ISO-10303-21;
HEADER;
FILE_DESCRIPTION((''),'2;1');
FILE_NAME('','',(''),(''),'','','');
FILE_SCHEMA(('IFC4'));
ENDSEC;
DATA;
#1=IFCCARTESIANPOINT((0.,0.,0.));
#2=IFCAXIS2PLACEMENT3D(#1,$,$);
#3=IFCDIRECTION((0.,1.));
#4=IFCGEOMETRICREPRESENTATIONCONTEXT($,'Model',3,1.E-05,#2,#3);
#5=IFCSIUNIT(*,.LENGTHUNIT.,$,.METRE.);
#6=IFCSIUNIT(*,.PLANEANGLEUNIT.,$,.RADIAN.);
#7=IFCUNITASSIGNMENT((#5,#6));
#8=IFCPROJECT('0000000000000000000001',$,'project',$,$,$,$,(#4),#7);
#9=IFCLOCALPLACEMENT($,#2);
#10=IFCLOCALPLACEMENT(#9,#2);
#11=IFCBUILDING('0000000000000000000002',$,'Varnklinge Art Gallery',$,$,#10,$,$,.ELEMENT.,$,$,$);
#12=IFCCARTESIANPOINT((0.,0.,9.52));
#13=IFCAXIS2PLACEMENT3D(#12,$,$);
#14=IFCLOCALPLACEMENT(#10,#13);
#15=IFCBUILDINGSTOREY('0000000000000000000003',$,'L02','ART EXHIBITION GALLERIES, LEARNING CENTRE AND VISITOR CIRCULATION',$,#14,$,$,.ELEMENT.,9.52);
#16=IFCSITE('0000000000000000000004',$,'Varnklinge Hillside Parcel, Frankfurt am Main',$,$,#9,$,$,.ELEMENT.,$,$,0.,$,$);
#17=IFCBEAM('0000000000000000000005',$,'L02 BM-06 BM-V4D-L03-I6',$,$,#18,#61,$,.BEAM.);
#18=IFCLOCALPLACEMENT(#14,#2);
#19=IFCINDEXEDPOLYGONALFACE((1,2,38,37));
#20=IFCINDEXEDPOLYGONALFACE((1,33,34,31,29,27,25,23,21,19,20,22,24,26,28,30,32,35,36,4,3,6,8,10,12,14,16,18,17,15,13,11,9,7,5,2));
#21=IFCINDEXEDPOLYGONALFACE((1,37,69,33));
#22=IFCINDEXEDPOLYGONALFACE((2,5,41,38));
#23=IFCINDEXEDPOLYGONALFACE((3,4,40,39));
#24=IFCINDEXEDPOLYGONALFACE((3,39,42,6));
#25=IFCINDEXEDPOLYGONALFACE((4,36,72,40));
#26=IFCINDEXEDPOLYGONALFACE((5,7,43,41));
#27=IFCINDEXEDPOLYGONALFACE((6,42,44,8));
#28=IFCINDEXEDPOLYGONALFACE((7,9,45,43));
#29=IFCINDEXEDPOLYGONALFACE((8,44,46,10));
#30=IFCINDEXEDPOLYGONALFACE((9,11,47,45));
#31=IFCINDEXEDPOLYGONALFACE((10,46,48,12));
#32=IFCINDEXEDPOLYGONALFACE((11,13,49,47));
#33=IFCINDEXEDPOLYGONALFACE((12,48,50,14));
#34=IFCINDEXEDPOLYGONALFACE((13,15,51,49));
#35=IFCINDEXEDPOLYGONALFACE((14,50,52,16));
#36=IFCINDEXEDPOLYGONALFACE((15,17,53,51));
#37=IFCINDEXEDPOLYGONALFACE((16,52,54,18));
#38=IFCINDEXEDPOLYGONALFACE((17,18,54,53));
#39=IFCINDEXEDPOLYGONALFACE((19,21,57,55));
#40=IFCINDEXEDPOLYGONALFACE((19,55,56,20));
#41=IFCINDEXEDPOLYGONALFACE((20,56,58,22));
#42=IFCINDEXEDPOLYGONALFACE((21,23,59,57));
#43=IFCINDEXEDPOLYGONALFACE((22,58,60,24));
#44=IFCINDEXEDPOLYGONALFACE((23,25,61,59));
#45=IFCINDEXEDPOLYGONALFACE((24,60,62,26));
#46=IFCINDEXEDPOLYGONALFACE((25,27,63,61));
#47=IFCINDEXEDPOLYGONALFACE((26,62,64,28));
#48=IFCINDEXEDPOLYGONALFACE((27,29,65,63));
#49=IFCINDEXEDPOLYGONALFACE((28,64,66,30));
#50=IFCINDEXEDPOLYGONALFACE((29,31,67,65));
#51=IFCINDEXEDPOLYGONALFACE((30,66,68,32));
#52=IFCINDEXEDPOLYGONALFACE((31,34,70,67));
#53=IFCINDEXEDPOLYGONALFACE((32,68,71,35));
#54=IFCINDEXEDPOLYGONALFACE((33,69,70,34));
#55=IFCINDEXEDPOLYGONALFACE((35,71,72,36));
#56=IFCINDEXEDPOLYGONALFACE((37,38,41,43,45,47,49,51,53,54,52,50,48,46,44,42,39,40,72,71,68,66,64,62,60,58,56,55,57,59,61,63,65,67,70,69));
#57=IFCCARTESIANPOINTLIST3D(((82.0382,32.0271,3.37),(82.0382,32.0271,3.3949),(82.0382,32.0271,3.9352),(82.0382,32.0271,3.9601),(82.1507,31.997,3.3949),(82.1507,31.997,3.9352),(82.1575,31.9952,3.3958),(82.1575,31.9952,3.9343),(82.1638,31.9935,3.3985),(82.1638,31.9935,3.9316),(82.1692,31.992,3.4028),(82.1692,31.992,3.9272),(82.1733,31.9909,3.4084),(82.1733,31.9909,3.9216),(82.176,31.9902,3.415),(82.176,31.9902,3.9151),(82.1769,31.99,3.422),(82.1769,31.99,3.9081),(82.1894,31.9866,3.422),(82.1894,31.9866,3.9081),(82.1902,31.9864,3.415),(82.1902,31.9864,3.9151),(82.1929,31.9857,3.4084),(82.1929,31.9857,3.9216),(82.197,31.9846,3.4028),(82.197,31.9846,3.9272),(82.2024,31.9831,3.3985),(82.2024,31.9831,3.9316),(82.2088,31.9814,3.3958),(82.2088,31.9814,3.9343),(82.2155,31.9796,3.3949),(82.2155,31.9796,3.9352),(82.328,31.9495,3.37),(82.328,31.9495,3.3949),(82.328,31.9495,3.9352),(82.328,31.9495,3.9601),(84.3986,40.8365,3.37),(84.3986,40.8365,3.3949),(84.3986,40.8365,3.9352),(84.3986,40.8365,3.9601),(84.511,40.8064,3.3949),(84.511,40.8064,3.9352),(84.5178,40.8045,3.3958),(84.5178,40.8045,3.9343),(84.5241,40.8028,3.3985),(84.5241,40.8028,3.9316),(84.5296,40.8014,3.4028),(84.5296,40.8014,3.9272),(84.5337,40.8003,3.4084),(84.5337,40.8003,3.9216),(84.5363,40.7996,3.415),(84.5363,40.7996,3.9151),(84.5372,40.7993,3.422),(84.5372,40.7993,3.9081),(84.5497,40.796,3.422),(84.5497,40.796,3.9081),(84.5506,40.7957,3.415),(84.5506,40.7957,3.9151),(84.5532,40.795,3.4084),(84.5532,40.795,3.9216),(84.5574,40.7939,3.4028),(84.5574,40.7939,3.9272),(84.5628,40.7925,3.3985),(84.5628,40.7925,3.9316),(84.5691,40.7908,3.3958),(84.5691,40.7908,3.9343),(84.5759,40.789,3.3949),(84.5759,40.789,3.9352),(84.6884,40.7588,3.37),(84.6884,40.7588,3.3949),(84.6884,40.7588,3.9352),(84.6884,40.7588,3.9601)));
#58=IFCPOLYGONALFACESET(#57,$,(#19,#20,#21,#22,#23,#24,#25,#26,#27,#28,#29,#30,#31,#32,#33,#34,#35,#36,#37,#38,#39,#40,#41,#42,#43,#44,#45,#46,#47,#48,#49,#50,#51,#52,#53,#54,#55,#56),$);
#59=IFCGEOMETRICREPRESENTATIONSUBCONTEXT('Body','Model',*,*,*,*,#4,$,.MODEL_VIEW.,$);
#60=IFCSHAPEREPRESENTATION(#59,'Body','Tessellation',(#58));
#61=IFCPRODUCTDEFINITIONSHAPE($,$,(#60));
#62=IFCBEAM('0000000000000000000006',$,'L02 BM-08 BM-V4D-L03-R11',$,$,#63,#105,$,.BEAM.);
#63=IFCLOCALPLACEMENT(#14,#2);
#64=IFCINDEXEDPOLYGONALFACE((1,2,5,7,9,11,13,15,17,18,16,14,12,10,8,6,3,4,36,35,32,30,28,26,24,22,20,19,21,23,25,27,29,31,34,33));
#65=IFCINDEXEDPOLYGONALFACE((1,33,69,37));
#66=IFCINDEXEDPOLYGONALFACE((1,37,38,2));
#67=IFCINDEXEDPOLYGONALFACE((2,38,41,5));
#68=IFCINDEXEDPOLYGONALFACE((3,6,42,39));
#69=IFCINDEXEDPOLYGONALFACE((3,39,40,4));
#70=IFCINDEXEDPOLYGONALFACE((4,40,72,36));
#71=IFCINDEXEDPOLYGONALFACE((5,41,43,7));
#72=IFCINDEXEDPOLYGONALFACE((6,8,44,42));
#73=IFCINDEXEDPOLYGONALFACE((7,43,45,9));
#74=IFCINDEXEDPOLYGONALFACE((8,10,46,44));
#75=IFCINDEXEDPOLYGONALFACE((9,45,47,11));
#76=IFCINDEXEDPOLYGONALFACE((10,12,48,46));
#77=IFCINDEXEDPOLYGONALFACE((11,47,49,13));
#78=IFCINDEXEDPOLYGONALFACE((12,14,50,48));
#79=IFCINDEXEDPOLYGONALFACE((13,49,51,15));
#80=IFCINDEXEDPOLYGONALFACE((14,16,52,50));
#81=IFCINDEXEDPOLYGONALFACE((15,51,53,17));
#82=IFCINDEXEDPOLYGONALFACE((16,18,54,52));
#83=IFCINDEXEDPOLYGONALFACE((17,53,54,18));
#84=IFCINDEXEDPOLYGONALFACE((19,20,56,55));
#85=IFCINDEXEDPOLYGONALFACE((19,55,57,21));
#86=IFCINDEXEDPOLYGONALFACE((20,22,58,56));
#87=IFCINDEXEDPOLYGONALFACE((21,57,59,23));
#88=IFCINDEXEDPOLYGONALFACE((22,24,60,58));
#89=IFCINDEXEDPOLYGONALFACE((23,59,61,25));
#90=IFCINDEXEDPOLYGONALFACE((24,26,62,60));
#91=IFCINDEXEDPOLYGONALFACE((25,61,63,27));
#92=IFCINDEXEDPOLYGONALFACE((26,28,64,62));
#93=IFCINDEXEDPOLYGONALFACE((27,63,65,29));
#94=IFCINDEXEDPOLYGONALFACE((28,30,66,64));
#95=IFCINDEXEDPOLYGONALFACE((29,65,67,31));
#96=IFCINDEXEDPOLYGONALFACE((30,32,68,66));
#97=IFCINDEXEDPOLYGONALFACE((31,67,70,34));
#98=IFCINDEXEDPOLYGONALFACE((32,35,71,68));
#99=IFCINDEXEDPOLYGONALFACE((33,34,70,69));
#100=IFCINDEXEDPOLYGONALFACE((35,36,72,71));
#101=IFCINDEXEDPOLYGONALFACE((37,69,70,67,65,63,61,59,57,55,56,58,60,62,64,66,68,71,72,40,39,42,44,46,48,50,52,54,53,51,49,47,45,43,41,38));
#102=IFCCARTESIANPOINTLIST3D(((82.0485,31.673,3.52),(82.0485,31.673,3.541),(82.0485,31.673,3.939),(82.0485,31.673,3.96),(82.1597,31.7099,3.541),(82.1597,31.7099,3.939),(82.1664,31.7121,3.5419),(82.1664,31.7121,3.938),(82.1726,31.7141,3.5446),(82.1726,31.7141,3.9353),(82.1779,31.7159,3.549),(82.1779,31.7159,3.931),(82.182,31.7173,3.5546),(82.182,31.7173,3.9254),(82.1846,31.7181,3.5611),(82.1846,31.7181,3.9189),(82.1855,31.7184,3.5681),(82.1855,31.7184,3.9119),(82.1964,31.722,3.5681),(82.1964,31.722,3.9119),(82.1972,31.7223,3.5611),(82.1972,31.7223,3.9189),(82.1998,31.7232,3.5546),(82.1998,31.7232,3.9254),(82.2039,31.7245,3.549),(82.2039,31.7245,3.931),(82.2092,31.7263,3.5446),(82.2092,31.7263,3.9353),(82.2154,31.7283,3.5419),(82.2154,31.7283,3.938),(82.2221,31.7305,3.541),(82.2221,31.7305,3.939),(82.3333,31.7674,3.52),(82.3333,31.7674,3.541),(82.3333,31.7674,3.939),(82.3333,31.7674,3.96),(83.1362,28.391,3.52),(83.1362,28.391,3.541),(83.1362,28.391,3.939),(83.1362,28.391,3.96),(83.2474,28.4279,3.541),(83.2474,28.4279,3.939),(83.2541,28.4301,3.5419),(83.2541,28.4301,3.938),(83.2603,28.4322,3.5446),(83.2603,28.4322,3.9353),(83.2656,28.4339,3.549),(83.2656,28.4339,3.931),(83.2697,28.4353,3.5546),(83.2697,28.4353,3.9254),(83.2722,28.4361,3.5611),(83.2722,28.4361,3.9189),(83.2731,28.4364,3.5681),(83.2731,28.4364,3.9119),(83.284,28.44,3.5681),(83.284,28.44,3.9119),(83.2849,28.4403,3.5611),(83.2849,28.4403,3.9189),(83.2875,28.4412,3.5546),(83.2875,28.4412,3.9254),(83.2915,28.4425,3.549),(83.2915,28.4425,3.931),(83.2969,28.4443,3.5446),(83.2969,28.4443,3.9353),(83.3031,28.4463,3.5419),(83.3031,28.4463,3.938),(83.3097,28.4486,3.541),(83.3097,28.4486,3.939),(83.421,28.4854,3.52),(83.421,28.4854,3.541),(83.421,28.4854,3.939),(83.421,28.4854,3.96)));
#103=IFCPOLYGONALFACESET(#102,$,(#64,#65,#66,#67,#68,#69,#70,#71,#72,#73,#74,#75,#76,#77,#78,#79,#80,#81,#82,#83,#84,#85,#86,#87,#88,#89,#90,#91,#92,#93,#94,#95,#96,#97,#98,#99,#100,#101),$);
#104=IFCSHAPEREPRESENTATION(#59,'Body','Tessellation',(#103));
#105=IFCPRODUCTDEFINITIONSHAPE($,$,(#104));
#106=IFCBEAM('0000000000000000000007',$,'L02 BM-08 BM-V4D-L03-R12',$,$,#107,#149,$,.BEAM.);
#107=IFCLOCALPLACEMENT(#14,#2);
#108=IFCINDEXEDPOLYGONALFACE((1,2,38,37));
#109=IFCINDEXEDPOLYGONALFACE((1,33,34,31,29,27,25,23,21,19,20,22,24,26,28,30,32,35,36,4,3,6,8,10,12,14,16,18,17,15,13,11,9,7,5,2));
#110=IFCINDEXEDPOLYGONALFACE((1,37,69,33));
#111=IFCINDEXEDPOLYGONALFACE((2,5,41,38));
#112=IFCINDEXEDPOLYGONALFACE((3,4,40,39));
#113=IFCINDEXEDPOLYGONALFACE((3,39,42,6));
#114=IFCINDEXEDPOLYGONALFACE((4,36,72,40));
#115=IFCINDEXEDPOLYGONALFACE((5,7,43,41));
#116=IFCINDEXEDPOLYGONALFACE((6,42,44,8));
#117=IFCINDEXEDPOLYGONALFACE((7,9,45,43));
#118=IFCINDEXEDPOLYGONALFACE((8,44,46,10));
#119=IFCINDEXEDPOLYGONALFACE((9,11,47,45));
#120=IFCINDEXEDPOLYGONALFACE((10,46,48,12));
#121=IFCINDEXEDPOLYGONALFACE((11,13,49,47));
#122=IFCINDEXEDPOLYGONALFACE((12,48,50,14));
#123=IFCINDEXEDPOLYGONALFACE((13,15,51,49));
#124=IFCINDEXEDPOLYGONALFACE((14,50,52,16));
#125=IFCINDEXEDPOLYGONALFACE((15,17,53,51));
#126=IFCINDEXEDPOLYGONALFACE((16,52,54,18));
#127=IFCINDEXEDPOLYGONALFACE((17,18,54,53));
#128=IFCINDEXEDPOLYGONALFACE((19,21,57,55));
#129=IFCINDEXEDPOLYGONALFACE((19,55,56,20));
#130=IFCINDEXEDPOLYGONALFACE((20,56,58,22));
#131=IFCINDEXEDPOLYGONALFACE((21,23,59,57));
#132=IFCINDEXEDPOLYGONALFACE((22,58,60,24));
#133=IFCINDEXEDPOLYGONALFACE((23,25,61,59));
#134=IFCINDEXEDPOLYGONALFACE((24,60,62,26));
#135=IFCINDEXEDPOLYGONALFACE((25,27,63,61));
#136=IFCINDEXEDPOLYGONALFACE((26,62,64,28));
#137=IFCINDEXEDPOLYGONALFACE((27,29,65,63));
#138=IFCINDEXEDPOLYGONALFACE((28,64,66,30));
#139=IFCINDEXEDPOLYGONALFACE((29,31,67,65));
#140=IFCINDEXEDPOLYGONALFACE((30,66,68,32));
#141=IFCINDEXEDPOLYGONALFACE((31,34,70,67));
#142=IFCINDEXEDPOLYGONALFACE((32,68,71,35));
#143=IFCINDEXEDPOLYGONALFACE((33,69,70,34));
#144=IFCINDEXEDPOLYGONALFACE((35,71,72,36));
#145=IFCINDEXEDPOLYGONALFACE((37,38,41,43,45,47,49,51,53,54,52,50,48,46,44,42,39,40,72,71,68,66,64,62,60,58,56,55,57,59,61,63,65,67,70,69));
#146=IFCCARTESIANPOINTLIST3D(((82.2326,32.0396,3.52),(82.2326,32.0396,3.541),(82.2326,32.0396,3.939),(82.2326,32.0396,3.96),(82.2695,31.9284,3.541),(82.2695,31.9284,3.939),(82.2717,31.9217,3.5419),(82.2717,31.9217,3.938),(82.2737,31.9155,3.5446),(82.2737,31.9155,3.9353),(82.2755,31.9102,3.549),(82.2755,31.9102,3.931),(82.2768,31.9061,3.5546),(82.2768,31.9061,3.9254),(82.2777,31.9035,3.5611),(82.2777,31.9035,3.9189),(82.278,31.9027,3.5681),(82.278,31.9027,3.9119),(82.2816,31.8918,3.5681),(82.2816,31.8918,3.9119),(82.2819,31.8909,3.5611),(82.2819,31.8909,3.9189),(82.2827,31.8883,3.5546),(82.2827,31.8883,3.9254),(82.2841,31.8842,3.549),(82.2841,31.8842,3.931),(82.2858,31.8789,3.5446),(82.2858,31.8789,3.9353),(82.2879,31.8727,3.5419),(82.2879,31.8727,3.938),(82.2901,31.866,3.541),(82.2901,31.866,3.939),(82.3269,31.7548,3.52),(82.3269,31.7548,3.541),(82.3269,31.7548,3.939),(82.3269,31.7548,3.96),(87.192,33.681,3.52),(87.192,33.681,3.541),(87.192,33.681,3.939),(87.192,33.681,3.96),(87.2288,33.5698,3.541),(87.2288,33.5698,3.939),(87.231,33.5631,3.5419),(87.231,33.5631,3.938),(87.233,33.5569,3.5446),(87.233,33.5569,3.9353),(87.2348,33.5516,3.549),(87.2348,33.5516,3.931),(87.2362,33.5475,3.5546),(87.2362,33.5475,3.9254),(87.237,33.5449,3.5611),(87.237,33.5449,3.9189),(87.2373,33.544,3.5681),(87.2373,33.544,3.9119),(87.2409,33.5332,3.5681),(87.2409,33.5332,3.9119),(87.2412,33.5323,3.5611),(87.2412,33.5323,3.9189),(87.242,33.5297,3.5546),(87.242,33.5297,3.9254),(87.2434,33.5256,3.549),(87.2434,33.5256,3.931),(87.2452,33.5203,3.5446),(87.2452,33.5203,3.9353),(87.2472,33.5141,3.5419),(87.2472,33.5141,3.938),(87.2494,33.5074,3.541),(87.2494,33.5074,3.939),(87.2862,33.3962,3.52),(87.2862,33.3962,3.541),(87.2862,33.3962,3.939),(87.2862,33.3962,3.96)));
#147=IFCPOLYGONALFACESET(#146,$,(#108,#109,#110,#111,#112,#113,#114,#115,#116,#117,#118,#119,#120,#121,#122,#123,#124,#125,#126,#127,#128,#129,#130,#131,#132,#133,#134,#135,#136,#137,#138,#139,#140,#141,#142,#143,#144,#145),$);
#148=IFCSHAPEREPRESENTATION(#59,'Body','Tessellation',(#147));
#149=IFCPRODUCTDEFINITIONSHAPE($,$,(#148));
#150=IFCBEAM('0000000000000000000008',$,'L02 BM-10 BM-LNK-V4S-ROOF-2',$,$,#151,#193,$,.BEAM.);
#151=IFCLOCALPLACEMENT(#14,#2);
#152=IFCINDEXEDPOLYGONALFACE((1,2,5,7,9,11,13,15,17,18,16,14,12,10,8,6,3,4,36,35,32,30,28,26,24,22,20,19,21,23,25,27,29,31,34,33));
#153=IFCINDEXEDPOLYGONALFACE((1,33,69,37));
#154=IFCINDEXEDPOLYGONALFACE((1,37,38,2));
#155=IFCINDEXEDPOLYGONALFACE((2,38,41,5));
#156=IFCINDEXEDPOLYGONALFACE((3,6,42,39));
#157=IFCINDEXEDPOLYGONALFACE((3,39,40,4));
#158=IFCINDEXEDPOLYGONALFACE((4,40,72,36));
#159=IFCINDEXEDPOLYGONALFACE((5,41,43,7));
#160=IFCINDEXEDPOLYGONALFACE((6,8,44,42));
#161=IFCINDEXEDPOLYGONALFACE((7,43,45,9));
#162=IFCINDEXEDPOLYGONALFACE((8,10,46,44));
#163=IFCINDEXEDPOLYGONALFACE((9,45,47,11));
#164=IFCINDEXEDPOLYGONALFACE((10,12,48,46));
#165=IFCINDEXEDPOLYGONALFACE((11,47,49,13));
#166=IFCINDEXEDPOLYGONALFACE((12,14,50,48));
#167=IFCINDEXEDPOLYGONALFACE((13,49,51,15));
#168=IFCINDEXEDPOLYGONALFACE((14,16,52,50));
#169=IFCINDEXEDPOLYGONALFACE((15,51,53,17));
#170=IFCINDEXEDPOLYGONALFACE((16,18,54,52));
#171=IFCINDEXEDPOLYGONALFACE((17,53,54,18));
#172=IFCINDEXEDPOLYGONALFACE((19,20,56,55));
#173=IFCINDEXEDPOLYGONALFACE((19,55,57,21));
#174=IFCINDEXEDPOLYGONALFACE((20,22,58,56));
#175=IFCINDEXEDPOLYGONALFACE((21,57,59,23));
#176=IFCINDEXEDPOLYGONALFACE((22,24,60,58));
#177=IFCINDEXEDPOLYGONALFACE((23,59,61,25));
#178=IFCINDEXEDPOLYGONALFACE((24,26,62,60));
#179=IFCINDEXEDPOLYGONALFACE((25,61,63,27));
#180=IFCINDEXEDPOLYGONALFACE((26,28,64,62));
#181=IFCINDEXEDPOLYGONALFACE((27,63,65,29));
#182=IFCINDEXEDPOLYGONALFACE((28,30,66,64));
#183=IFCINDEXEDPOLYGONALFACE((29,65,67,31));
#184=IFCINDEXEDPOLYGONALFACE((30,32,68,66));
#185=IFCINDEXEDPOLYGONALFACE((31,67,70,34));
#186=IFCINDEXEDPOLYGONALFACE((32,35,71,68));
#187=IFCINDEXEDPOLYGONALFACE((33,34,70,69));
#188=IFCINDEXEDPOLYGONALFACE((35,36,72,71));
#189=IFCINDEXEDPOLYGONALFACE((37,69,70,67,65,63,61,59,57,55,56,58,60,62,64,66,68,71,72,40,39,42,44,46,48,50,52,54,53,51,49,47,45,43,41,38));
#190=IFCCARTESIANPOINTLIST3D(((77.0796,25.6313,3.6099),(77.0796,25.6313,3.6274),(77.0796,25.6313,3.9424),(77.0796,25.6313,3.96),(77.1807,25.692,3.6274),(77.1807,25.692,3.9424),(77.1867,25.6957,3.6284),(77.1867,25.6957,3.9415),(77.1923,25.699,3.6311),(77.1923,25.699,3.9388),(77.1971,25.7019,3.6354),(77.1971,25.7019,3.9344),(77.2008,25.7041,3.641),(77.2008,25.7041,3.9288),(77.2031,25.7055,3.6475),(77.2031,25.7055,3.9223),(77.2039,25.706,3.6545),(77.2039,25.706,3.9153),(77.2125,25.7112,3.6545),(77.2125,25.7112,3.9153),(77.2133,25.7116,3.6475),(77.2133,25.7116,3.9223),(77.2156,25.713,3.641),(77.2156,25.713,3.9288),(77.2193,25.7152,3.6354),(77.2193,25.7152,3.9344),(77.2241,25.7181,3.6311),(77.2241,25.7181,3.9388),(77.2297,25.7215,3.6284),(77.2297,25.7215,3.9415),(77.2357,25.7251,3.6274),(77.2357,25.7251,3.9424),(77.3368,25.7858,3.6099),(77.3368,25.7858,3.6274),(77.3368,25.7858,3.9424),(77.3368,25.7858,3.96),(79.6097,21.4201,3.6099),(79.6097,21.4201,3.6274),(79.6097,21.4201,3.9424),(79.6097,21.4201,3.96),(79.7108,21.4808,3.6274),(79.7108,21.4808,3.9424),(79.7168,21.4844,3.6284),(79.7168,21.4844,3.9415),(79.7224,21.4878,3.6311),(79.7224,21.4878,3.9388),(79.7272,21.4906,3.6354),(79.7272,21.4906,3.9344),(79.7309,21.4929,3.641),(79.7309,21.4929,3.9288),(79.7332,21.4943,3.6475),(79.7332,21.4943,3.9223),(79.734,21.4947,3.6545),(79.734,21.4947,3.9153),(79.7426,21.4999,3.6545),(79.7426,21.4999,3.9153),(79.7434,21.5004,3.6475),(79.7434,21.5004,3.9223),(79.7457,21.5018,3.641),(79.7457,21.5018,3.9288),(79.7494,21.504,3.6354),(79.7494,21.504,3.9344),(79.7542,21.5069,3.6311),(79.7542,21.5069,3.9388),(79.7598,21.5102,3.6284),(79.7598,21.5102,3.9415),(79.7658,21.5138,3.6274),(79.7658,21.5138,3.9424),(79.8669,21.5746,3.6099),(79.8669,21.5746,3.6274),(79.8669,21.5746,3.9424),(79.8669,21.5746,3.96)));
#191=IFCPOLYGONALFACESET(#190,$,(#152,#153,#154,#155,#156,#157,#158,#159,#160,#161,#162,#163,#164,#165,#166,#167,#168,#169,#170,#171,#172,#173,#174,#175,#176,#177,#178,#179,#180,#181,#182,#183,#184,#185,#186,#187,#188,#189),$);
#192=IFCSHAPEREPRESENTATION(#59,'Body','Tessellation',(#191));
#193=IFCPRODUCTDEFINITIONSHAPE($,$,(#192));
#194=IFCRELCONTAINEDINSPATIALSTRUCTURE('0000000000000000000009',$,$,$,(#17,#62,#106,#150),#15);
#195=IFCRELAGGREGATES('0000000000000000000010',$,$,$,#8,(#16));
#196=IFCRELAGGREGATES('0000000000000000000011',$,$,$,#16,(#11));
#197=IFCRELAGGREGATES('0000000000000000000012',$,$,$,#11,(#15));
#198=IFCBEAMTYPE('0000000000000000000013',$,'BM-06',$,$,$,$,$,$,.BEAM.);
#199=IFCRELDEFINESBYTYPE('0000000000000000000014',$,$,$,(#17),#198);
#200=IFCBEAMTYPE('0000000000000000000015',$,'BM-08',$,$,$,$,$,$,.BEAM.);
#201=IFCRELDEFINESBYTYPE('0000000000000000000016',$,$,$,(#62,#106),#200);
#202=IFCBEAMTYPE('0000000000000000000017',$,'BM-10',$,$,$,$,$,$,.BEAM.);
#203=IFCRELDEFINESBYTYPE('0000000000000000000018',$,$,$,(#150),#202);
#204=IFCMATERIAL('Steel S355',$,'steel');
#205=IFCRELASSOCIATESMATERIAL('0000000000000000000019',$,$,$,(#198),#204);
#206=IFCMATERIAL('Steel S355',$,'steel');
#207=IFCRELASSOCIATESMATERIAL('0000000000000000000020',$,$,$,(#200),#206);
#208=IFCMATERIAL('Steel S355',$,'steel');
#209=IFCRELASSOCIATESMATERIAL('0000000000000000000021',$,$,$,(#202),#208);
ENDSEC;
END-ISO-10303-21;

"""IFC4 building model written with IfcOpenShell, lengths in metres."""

from ifc_helpers import new_model, si_unit, direction, frame, origin, origin_2d, place, context, subcontext, project, spatial, i_section, extrude, material, material_profile, profile_set, type_object, element, save


model = new_model("IFC4")

# Units and contexts
model_context = context("Model", 3, precision=1e-05, world=origin(), true_north=direction((0.0, 1.0)))
body_context = subcontext(model_context, "Body", "Model", "MODEL_VIEW")
ifc_project = project(units=[si_unit("LENGTHUNIT", "METRE"), si_unit("PLANEANGLEUNIT", "RADIAN")], contexts=[model_context])

# Site, building, storey
site_placement = place(None, origin())
site = spatial("IfcSite", under=ifc_project, at=site_placement, Name="Varnklinge Hillside Parcel, Frankfurt am Main", CompositionType="ELEMENT", RefElevation=0.0)
building_placement = place(site_placement, origin())
building = spatial("IfcBuilding", under=site, at=building_placement, Name="Varnklinge Art Gallery", CompositionType="ELEMENT")
storey_placement = place(building_placement, frame((0.0, 0.0, 9.52)))
storey = spatial("IfcBuildingStorey", under=building, at=storey_placement, Name="L02", Description="ART EXHIBITION GALLERIES, LEARNING CENTRE AND VISITOR CIRCULATION", CompositionType="ELEMENT", Elevation=9.52)

# Beams
ifc_material_1 = material(Name="Steel S355", Category="steel")
ifc_material_profile_1 = material_profile(ifc_material_1, i_section(OverallWidth=0.3, OverallDepth=0.5901, WebThickness=0.0129, FlangeThickness=0.0249, FilletRadius=0.0271, at=origin_2d()), Name="HEA 600")
ifc_profile_set_1 = profile_set([ifc_material_profile_1], Name="Steel S355")
beam_type_1 = type_object("IfcBeamType", Name="BM-06", PredefinedType="BEAM", material=ifc_profile_set_1)
beam_1_placement = place(storey_placement, frame((82.1831, 31.9883, 3.665), z_axis=(0.258809, 0.965929, 0.0), x_axis=(-0.965929, 0.258809, 0.0)))
element("IfcBeam", 1, at=beam_1_placement, inside=storey, type_object=beam_type_1, Name="L02 BM-06 BM-V4D-L03-I6", PredefinedType="BEAM", context=body_context, shape_type="SweptSolid", body=[
    extrude(i_section(OverallWidth=0.3, OverallDepth=0.5901, WebThickness=0.0129, FlangeThickness=0.0249, FilletRadius=0.0271, at=origin_2d()), origin(), (0.0, 0.0, 1.0), 9.1201),
])
ifc_material_2 = material(Name="Steel S355", Category="steel")
ifc_material_profile_2 = material_profile(ifc_material_2, i_section(OverallWidth=0.3, OverallDepth=0.4399, WebThickness=0.0115, FlangeThickness=0.021, FilletRadius=0.0271, at=origin_2d()), Name="HEA 450")
ifc_profile_set_2 = profile_set([ifc_material_profile_2], Name="Steel S355")
beam_type_2 = type_object("IfcBeamType", Name="BM-08", PredefinedType="BEAM", material=ifc_profile_set_2)
beam_2_placement = place(storey_placement, frame((82.1909, 31.7202, 3.74), z_axis=(0.314575, -0.949233, 0.0), x_axis=(0.949233, 0.314575, 0.0)))
element("IfcBeam", 2, at=beam_2_placement, inside=storey, type_object=beam_type_2, Name="L02 BM-08 BM-V4D-L03-R11", PredefinedType="BEAM", context=body_context, shape_type="SweptSolid", body=[
    extrude(i_section(OverallWidth=0.3, OverallDepth=0.4399, WebThickness=0.0115, FlangeThickness=0.021, FilletRadius=0.0271, at=origin_2d()), origin(), (0.0, 0.0, 1.0), 3.4575),
])
beam_3_placement = place(storey_placement, frame((82.2798, 31.8972, 3.74), z_axis=(0.949354, 0.314208, 0.0), x_axis=(-0.314208, 0.949354, 0.0)))
element("IfcBeam", 3, at=beam_3_placement, inside=storey, type_object=beam_type_2, Name="L02 BM-08 BM-V4D-L03-R12", PredefinedType="BEAM", context=body_context, shape_type="SweptSolid", body=[
    extrude(i_section(OverallWidth=0.3, OverallDepth=0.4399, WebThickness=0.0115, FlangeThickness=0.021, FilletRadius=0.0271, at=origin_2d()), origin(), (0.0, 0.0, 1.0), 5.2239),
])
ifc_material_3 = material(Name="Steel S355", Category="steel")
ifc_material_profile_3 = material_profile(ifc_material_3, i_section(OverallWidth=0.3, OverallDepth=0.3501, WebThickness=0.01, FlangeThickness=0.0176, FilletRadius=0.0271, at=origin_2d()), Name="HEA 360")
ifc_profile_set_3 = profile_set([ifc_material_profile_3], Name="Steel S355")
beam_type_3 = type_object("IfcBeamType", Name="BM-10", PredefinedType="BEAM", material=ifc_profile_set_3)
beam_4_placement = place(storey_placement, frame((79.7383, 21.4973, 3.7849), z_axis=(-0.514993, 0.857195, 0.0), x_axis=(-0.857195, -0.514993, 0.0)))
element("IfcBeam", 4, at=beam_4_placement, inside=storey, type_object=beam_type_3, Name="L02 BM-10 BM-LNK-V4S-ROOF-2", PredefinedType="BEAM", context=body_context, shape_type="SweptSolid", body=[
    extrude(i_section(OverallWidth=0.3, OverallDepth=0.3501, WebThickness=0.01, FlangeThickness=0.0176, FilletRadius=0.0271, at=origin_2d()), origin(), (0.0, 0.0, 1.0), 4.9128),
])

save(model, "model.ifc")
